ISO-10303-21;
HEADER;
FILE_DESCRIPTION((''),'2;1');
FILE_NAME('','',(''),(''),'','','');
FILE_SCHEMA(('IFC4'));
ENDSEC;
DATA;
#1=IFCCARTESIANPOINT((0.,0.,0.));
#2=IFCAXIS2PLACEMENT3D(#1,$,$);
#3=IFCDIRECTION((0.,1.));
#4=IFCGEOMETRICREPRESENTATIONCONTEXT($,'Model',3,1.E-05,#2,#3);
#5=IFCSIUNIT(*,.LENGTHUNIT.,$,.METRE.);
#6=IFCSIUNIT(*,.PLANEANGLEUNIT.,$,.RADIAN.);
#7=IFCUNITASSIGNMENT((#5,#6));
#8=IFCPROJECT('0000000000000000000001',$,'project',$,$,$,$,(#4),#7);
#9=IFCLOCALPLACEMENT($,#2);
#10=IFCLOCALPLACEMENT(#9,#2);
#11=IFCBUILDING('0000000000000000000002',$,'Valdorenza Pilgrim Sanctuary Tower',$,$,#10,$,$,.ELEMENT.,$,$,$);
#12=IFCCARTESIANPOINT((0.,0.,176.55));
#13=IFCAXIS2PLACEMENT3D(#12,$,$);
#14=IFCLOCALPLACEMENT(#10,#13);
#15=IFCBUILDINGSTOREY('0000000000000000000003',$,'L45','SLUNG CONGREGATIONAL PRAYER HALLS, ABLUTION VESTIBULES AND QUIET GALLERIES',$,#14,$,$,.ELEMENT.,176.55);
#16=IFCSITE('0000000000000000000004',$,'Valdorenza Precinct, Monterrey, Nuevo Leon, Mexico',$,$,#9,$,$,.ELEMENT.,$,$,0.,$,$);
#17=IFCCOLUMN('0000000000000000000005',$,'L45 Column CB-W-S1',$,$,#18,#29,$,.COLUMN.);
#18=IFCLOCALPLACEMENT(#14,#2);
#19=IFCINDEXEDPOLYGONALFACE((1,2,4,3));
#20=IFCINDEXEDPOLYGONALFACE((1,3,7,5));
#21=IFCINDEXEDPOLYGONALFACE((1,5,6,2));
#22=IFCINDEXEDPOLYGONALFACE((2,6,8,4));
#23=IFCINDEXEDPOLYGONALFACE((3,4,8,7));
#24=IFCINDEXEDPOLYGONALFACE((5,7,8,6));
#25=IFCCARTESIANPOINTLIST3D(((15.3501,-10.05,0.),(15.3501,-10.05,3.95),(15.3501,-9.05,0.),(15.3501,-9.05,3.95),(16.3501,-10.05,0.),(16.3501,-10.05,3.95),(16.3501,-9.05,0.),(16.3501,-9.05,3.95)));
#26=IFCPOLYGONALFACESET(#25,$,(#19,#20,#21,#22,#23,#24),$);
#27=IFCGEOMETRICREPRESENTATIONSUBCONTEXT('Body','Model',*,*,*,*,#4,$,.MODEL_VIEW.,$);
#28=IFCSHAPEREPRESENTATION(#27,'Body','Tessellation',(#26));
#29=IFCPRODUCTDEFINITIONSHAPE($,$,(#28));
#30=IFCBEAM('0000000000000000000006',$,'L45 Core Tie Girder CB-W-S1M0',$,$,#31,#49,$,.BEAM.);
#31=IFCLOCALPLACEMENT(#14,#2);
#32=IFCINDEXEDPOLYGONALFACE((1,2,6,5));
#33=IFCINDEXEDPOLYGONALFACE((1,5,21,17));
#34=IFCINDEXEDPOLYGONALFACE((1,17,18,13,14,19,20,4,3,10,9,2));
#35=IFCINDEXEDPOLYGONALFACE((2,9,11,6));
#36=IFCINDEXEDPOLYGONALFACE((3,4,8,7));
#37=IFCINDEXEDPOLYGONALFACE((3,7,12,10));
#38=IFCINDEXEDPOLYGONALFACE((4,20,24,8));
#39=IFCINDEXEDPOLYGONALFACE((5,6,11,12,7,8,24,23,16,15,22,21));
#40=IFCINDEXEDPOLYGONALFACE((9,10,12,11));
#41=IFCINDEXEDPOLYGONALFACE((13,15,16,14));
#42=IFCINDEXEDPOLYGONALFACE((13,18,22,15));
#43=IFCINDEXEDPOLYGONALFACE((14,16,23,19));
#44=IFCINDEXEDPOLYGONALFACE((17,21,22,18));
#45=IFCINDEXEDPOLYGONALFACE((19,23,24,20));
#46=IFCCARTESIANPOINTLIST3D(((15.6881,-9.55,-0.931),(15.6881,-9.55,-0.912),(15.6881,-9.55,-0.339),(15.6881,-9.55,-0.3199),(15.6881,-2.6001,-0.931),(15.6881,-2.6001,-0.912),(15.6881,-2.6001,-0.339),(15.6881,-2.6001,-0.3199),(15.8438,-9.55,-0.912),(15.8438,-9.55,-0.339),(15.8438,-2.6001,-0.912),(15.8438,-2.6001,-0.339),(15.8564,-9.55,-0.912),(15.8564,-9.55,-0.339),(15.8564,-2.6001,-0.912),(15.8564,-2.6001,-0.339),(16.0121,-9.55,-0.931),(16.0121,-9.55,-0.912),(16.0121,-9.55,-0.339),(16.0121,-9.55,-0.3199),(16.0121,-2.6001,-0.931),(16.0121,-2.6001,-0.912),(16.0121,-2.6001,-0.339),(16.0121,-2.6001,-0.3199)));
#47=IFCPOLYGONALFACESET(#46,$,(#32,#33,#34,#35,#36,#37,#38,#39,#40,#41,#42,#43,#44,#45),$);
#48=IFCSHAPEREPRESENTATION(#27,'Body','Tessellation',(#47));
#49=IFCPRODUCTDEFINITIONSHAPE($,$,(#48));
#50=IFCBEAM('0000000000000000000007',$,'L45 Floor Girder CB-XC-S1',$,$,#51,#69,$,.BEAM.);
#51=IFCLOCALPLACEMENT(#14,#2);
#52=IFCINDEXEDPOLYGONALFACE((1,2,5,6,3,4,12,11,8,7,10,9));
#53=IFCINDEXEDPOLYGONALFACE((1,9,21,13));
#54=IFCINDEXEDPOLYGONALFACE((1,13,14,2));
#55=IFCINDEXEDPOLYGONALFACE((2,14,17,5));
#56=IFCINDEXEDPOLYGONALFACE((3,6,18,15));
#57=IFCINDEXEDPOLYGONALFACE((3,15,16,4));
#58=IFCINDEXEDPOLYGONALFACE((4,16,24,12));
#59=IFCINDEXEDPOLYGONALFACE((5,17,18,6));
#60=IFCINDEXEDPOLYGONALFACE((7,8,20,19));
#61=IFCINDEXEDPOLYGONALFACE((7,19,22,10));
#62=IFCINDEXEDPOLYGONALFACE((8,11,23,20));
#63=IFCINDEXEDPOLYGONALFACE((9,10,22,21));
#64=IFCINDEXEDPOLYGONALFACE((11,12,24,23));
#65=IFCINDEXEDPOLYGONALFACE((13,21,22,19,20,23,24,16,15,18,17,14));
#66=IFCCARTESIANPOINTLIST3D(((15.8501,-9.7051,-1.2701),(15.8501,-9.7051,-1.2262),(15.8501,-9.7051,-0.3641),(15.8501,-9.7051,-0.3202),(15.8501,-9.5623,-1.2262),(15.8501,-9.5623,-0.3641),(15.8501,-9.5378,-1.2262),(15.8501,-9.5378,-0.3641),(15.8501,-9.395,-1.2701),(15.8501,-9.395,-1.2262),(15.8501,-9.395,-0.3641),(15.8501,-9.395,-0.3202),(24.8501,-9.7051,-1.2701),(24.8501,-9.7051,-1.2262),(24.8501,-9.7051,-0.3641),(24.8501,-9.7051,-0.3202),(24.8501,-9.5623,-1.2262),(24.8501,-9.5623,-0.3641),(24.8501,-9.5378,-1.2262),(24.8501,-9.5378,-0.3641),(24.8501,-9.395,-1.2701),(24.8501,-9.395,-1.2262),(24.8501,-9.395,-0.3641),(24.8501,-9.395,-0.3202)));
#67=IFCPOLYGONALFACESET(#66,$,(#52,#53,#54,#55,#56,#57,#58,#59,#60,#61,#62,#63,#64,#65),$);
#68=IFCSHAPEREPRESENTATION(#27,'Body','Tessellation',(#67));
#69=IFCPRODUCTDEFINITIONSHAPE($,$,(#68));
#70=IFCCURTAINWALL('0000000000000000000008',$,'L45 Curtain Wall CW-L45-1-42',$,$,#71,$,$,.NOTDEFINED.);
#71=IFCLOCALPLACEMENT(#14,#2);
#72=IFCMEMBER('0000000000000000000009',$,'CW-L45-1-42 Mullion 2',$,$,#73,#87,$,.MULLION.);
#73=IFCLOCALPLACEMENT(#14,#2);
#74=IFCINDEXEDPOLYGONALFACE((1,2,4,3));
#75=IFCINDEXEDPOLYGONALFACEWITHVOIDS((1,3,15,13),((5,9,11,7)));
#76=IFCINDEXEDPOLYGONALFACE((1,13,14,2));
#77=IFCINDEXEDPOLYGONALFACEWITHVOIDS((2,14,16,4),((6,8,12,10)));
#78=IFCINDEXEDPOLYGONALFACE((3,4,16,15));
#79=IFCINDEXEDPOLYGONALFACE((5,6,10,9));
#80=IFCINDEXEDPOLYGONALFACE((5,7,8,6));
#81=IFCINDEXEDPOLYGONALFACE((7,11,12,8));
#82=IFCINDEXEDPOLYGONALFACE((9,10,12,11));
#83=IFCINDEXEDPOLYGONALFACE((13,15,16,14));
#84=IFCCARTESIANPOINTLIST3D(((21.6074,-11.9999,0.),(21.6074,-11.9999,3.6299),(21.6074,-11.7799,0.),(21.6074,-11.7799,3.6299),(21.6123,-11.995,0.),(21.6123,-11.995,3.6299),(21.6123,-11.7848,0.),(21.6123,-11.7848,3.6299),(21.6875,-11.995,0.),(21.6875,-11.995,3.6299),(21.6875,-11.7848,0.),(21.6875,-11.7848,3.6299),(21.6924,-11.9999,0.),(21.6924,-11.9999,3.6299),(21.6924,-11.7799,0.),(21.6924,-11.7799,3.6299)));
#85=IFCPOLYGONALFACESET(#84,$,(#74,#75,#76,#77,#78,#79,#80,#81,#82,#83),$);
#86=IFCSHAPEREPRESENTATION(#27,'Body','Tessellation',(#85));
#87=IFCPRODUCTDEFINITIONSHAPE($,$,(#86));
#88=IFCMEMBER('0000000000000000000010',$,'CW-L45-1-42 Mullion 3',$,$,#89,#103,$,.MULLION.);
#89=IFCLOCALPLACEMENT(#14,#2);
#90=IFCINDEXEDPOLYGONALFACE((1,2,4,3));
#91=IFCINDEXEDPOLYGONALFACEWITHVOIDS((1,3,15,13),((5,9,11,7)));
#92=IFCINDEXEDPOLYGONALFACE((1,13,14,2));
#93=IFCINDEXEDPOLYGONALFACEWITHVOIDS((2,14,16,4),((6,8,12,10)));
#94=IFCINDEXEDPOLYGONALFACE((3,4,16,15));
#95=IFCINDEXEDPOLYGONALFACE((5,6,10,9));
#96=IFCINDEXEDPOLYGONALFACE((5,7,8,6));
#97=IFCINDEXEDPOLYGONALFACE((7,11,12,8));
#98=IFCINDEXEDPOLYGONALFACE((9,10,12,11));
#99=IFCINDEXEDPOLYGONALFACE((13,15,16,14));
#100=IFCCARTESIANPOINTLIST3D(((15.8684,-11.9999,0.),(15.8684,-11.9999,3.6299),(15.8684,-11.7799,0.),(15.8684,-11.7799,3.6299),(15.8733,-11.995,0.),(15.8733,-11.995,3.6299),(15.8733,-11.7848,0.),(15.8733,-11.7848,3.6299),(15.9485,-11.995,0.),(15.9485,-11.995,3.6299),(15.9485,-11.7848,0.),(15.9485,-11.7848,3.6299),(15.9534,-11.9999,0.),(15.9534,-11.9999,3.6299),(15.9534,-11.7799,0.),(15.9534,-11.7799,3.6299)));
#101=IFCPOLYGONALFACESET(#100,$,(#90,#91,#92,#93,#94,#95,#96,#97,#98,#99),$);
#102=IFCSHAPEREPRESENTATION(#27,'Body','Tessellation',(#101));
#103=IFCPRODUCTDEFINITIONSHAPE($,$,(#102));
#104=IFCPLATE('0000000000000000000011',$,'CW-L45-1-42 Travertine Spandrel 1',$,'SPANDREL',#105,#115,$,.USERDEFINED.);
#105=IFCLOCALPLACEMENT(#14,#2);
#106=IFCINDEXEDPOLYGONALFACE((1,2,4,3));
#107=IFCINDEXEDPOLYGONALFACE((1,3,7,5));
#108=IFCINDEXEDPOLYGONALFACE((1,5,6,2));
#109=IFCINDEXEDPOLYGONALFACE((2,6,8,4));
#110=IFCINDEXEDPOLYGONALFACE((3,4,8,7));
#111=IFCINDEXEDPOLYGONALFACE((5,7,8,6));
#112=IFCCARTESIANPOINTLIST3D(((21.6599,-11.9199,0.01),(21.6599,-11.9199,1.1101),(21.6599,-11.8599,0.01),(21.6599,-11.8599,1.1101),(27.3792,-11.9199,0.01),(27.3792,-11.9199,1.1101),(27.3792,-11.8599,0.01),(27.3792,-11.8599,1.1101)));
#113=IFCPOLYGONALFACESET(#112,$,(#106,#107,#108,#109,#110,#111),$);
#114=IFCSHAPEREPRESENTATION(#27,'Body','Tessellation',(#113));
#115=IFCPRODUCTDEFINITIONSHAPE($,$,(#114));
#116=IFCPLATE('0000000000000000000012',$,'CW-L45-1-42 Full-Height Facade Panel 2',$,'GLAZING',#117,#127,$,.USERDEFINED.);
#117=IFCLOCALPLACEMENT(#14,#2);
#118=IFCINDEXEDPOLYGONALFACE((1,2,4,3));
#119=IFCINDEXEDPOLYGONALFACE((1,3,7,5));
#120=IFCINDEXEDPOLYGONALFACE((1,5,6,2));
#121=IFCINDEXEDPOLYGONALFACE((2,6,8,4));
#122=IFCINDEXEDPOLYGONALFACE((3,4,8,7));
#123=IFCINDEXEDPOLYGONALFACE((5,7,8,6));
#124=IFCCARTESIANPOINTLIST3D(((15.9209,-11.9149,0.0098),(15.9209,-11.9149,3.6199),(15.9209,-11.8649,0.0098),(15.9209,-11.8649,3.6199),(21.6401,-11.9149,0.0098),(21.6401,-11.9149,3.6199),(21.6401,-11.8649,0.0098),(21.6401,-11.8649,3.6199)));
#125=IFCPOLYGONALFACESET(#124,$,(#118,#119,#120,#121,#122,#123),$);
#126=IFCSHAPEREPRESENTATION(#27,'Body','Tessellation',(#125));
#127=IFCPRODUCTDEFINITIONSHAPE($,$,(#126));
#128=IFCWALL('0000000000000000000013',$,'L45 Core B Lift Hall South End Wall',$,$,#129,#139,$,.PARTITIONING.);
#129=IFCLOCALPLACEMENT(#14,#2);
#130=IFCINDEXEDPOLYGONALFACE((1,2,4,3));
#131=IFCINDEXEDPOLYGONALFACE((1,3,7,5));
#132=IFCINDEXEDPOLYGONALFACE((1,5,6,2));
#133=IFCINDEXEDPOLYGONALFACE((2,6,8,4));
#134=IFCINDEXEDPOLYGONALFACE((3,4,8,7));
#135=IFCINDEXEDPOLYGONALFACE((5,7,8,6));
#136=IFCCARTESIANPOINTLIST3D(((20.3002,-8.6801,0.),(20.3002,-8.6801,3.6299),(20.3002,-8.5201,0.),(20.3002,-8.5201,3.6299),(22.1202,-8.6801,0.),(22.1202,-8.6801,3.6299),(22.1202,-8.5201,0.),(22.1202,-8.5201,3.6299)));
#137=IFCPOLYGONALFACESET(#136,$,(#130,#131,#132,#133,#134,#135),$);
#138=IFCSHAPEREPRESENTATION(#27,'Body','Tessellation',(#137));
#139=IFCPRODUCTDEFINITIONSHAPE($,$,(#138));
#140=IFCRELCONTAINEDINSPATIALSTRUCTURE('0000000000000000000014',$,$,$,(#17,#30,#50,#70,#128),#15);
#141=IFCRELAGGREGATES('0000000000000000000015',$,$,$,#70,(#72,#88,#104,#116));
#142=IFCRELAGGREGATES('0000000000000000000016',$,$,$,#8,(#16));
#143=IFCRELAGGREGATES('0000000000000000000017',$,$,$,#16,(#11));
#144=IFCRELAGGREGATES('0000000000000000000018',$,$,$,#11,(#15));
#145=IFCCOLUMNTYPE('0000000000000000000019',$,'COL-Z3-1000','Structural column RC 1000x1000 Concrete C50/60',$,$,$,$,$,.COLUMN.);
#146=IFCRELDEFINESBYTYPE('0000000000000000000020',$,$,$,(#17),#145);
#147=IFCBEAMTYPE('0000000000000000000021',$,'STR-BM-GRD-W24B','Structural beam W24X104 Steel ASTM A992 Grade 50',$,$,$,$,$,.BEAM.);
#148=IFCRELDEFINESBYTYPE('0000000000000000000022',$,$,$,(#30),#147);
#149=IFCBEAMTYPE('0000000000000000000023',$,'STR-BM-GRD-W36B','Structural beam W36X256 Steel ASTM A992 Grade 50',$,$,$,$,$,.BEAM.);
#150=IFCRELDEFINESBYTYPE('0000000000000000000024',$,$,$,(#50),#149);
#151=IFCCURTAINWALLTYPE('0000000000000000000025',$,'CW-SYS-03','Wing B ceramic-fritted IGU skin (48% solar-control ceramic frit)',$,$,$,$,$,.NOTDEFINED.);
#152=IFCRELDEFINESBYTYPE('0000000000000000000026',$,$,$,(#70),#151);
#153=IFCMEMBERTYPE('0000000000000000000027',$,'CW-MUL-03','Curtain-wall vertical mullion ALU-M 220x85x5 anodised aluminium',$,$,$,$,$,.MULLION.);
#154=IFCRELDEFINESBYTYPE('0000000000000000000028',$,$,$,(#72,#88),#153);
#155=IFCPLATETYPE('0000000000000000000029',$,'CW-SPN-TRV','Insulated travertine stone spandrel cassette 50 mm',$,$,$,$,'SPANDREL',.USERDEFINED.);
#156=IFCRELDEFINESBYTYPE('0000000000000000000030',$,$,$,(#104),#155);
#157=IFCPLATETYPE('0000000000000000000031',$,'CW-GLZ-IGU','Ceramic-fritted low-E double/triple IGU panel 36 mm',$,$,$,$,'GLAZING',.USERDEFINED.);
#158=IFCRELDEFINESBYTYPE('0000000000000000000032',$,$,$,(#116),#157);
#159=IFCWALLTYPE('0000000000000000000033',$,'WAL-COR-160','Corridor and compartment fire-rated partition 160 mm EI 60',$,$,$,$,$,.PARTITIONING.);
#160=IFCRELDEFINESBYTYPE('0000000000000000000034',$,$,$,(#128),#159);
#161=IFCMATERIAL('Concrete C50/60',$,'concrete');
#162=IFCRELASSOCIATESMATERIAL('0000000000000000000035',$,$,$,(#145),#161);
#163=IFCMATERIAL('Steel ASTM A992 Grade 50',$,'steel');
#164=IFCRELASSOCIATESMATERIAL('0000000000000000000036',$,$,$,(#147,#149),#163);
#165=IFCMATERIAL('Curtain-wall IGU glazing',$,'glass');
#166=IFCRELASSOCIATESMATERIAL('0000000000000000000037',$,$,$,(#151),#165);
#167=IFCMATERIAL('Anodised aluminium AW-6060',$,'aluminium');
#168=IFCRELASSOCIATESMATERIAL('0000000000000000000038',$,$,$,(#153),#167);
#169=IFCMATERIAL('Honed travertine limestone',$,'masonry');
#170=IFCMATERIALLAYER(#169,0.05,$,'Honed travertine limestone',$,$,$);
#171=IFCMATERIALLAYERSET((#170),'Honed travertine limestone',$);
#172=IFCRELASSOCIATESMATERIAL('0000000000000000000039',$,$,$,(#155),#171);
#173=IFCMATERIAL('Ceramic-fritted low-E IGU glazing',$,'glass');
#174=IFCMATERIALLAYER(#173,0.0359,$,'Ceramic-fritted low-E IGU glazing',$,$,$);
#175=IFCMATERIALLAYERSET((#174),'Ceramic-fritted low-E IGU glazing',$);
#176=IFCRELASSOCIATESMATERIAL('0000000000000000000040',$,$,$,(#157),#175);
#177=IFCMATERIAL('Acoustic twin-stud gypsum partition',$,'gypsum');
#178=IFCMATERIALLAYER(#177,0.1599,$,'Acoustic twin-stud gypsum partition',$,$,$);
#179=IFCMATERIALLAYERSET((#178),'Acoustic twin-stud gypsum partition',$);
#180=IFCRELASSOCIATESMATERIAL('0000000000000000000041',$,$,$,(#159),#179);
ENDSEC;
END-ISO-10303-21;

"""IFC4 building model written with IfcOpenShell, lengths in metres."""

from ifc_helpers import new_model, si_unit, direction, frame, frame_2d, origin, origin_2d, place, context, subcontext, project, spatial, rectangle, hollow_rectangle, i_section, extrude, source, transform, mapped, material, layer, layer_set, material_profile, profile_set, type_object, element, aggregate, save


model = new_model("IFC4")

# Units and contexts
model_context = context("Model", 3, precision=1e-05, world=origin(), true_north=direction((0.0, 1.0)))
body_context = subcontext(model_context, "Body", "Model", "MODEL_VIEW")
ifc_project = project(units=[si_unit("LENGTHUNIT", "METRE"), si_unit("PLANEANGLEUNIT", "RADIAN")], contexts=[model_context])

# Site, building, storey
site_placement = place(None, origin())
site = spatial("IfcSite", under=ifc_project, at=site_placement, Name="Valdorenza Precinct, Monterrey, Nuevo Leon, Mexico", CompositionType="ELEMENT", RefElevation=0.0)
building_placement = place(site_placement, origin())
building = spatial("IfcBuilding", under=site, at=building_placement, Name="Valdorenza Pilgrim Sanctuary Tower", CompositionType="ELEMENT")
storey_placement = place(building_placement, frame((0.0, 0.0, 176.55)))
storey = spatial("IfcBuildingStorey", under=building, at=storey_placement, Name="L45", Description="SLUNG CONGREGATIONAL PRAYER HALLS, ABLUTION VESTIBULES AND QUIET GALLERIES", CompositionType="ELEMENT", Elevation=176.55)

# Column
ifc_material_1 = material(Name="Concrete C50/60", Category="concrete")
ifc_material_profile_1 = material_profile(ifc_material_1, rectangle(XDim=1.0, YDim=1.0, at=origin_2d()), Name="RC 1000x1000")
ifc_profile_set_1 = profile_set([ifc_material_profile_1], Name="Concrete C50/60")
column_type = type_object("IfcColumnType", Name="COL-Z3-1000", Description="Structural column RC 1000x1000 Concrete C50/60", PredefinedType="COLUMN", material=ifc_profile_set_1)
shared_shape_1 = source(origin(), body_context, "Body", "SweptSolid", [
    extrude(rectangle(XDim=1.0, YDim=1.0, at=origin_2d()), origin(), (0.0, 0.0, 1.0), 3.95),
])
column_placement = place(storey_placement, frame((15.8501, -9.55, 0.0), z_axis=(0.0, 0.0, 1.0), x_axis=(1.0, 0.0, 0.0)))
element("IfcColumn", 1, at=column_placement, inside=storey, type_object=column_type, Name="L45 Column CB-W-S1", PredefinedType="COLUMN", context=body_context, shape_type="MappedRepresentation", body=[
    mapped(shared_shape_1, transform((0.0, 0.0, 0.0), x_axis=(1.0, 0.0, 0.0), y_axis=(0.0, 1.0, 0.0), z_axis=(0.0, 0.0, 1.0), scale=1.0)),
])

# Beams
ifc_material_2 = material(Name="Steel ASTM A992 Grade 50", Category="steel")
ifc_material_profile_2 = material_profile(ifc_material_2, i_section(OverallWidth=0.324, OverallDepth=0.6111, WebThickness=0.0127, FlangeThickness=0.019, at=origin_2d()), Name="W24X104")
ifc_profile_set_2 = profile_set([ifc_material_profile_2], Name="Steel ASTM A992 Grade 50")
beam_type_1 = type_object("IfcBeamType", Name="STR-BM-GRD-W24B", Description="Structural beam W24X104 Steel ASTM A992 Grade 50", PredefinedType="BEAM", material=ifc_profile_set_2)
shared_shape_2 = source(origin(), body_context, "Body", "SweptSolid", [
    extrude(i_section(OverallWidth=0.324, OverallDepth=0.6111, WebThickness=0.0127, FlangeThickness=0.019, at=origin_2d()), origin(), (0.0, 0.0, 1.0), 6.95),
])
beam_1_placement = place(storey_placement, frame((15.8501, -9.55, -0.6255), z_axis=(0.0, 1.0, 0.0), x_axis=(-1.0, 0.0, 0.0)))
element("IfcBeam", 2, at=beam_1_placement, inside=storey, type_object=beam_type_1, Name="L45 Core Tie Girder CB-W-S1M0", PredefinedType="BEAM", context=body_context, shape_type="MappedRepresentation", body=[
    mapped(shared_shape_2, transform((0.0, 0.0, 0.0), x_axis=(1.0, 0.0, 0.0), y_axis=(0.0, 1.0, 0.0), z_axis=(0.0, 0.0, 1.0), scale=1.0)),
])
ifc_material_profile_3 = material_profile(ifc_material_2, i_section(OverallWidth=0.3101, OverallDepth=0.95, WebThickness=0.0244, FlangeThickness=0.0439, at=origin_2d()), Name="W36X256")
ifc_profile_set_3 = profile_set([ifc_material_profile_3], Name="Steel ASTM A992 Grade 50")
beam_type_2 = type_object("IfcBeamType", Name="STR-BM-GRD-W36B", Description="Structural beam W36X256 Steel ASTM A992 Grade 50", PredefinedType="BEAM", material=ifc_profile_set_3)
shared_shape_3 = source(origin(), body_context, "Body", "SweptSolid", [
    extrude(i_section(OverallWidth=0.3101, OverallDepth=0.95, WebThickness=0.0244, FlangeThickness=0.0439, at=origin_2d()), origin(), (0.0, 0.0, 1.0), 9.0),
])
beam_2_placement = place(storey_placement, frame((15.8501, -9.55, -0.7952), z_axis=(1.0, 0.0, 0.0), x_axis=(0.0, 1.0, 0.0)))
element("IfcBeam", 3, at=beam_2_placement, inside=storey, type_object=beam_type_2, Name="L45 Floor Girder CB-XC-S1", PredefinedType="BEAM", context=body_context, shape_type="MappedRepresentation", body=[
    mapped(shared_shape_3, transform((0.0, 0.0, 0.0), x_axis=(1.0, 0.0, 0.0), y_axis=(0.0, 1.0, 0.0), z_axis=(0.0, 0.0, 1.0), scale=1.0)),
])

# Curtain wall, members, plates
ifc_material_3 = material(Name="Curtain-wall IGU glazing", Category="glass")
curtain_wall_type = type_object("IfcCurtainWallType", Name="CW-SYS-03", Description="Wing B ceramic-fritted IGU skin (48% solar-control ceramic frit)", PredefinedType="NOTDEFINED", material=ifc_material_3)
curtain_wall_placement = place(storey_placement, origin())
curtain_wall = element("IfcCurtainWall", 4, at=curtain_wall_placement, inside=storey, type_object=curtain_wall_type, Name="L45 Curtain Wall CW-L45-1-42", PredefinedType="NOTDEFINED")
ifc_material_4 = material(Name="Anodised aluminium AW-6060", Category="aluminium")
ifc_material_profile_4 = material_profile(ifc_material_4, hollow_rectangle(XDim=0.085, YDim=0.22, WallThickness=0.0049, at=origin_2d()), Name="ALU-M 220x85x5")
ifc_profile_set_4 = profile_set([ifc_material_profile_4], Name="Anodised aluminium AW-6060")
member_type = type_object("IfcMemberType", Name="CW-MUL-03", Description="Curtain-wall vertical mullion ALU-M 220x85x5 anodised aluminium", PredefinedType="MULLION", material=ifc_profile_set_4)
shared_shape_4 = source(origin(), body_context, "Body", "SweptSolid", [
    extrude(hollow_rectangle(XDim=0.085, YDim=0.22, WallThickness=0.0049, at=origin_2d()), origin(), (0.0, 0.0, 1.0), 3.6299),
])
member_1_placement = place(storey_placement, frame((21.6499, -11.8899, 0.0), z_axis=(0.0, 0.0, 1.0), x_axis=(-1.0, 0.0, 0.0)))
member_1 = element("IfcMember", 5, at=member_1_placement, type_object=member_type, Name="CW-L45-1-42 Mullion 2", PredefinedType="MULLION", context=body_context, shape_type="MappedRepresentation", body=[
    mapped(shared_shape_4, transform((0.0, 0.0, 0.0), x_axis=(1.0, 0.0, 0.0), y_axis=(0.0, 1.0, 0.0), z_axis=(0.0, 0.0, 1.0), scale=1.0)),
])
member_2_placement = place(storey_placement, frame((15.9109, -11.8899, 0.0), z_axis=(0.0, 0.0, 1.0), x_axis=(-1.0, 0.0, 0.0)))
member_2 = element("IfcMember", 6, at=member_2_placement, type_object=member_type, Name="CW-L45-1-42 Mullion 3", PredefinedType="MULLION", context=body_context, shape_type="MappedRepresentation", body=[
    mapped(shared_shape_4, transform((0.0, 0.0, 0.0), x_axis=(1.0, 0.0, 0.0), y_axis=(0.0, 1.0, 0.0), z_axis=(0.0, 0.0, 1.0), scale=1.0)),
])
ifc_material_5 = material(Name="Honed travertine limestone", Category="masonry")
ifc_layer_1 = layer(ifc_material_5, 0.05, Name="Honed travertine limestone")
ifc_layer_set_1 = layer_set([ifc_layer_1], Name="Honed travertine limestone")
plate_type_1 = type_object("IfcPlateType", Name="CW-SPN-TRV", Description="Insulated travertine stone spandrel cassette 50 mm", ElementType="SPANDREL", PredefinedType="USERDEFINED", material=ifc_layer_set_1)
shared_shape_5 = source(origin(), body_context, "Body", "SweptSolid", [
    extrude(rectangle(XDim=5.7192, YDim=0.0601, at=origin_2d()), origin(), (0.0, 0.0, 1.0), 1.1001),
])
plate_1_placement = place(storey_placement, frame((24.5195, -11.8899, 0.01), z_axis=(0.0, 0.0, 1.0), x_axis=(-1.0, 0.0, 0.0)))
plate_1 = element("IfcPlate", 7, at=plate_1_placement, type_object=plate_type_1, Name="CW-L45-1-42 Travertine Spandrel 1", ObjectType="SPANDREL", PredefinedType="USERDEFINED", context=body_context, shape_type="MappedRepresentation", body=[
    mapped(shared_shape_5, transform((0.0, 0.0, 0.0), x_axis=(1.0, 0.0, 0.0), y_axis=(0.0, 1.0, 0.0), z_axis=(0.0, 0.0, 1.0), scale=1.0)),
])
ifc_material_6 = material(Name="Ceramic-fritted low-E IGU glazing", Category="glass")
ifc_layer_2 = layer(ifc_material_6, 0.0359, Name="Ceramic-fritted low-E IGU glazing")
ifc_layer_set_2 = layer_set([ifc_layer_2], Name="Ceramic-fritted low-E IGU glazing")
plate_type_2 = type_object("IfcPlateType", Name="CW-GLZ-IGU", Description="Ceramic-fritted low-E double/triple IGU panel 36 mm", ElementType="GLAZING", PredefinedType="USERDEFINED", material=ifc_layer_set_2)
shared_shape_6 = source(origin(), body_context, "Body", "SweptSolid", [
    extrude(rectangle(XDim=5.7192, YDim=0.05, at=origin_2d()), origin(), (0.0, 0.0, 1.0), 3.6101),
])
plate_2_placement = place(storey_placement, frame((18.7805, -11.8899, 0.0098), z_axis=(0.0, 0.0, 1.0), x_axis=(-1.0, 0.0, 0.0)))
plate_2 = element("IfcPlate", 8, at=plate_2_placement, type_object=plate_type_2, Name="CW-L45-1-42 Full-Height Facade Panel 2", ObjectType="GLAZING", PredefinedType="USERDEFINED", context=body_context, shape_type="MappedRepresentation", body=[
    mapped(shared_shape_6, transform((0.0, 0.0, 0.0), x_axis=(1.0, 0.0, 0.0), y_axis=(0.0, 1.0, 0.0), z_axis=(0.0, 0.0, 1.0), scale=1.0)),
])
aggregate(curtain_wall, [member_1, member_2, plate_1, plate_2])

# Wall
ifc_material_7 = material(Name="Acoustic twin-stud gypsum partition", Category="gypsum")
ifc_layer_3 = layer(ifc_material_7, 0.1599, Name="Acoustic twin-stud gypsum partition")
ifc_layer_set_3 = layer_set([ifc_layer_3], Name="Acoustic twin-stud gypsum partition")
wall_type_1 = type_object("IfcWallType", Name="WAL-COR-160", Description="Corridor and compartment fire-rated partition 160 mm EI 60", PredefinedType="PARTITIONING", material=ifc_layer_set_3)
wall_1_placement = place(storey_placement, frame((20.3, -8.6001, 0.0), z_axis=(0.0, 0.0, 1.0), x_axis=(1.0, 0.0, 0.0)))
element("IfcWall", 9, at=wall_1_placement, inside=storey, type_object=wall_type_1, Name="L45 Core B Lift Hall South End Wall", PredefinedType="PARTITIONING", context=body_context, shape_type="SweptSolid", body=[
    extrude(rectangle(XDim=1.8201, YDim=0.1599, at=frame_2d((0.9102, 0.0))), origin(), (0.0, 0.0, 1.0), 3.6299),
])

save(model, "model.ifc")
